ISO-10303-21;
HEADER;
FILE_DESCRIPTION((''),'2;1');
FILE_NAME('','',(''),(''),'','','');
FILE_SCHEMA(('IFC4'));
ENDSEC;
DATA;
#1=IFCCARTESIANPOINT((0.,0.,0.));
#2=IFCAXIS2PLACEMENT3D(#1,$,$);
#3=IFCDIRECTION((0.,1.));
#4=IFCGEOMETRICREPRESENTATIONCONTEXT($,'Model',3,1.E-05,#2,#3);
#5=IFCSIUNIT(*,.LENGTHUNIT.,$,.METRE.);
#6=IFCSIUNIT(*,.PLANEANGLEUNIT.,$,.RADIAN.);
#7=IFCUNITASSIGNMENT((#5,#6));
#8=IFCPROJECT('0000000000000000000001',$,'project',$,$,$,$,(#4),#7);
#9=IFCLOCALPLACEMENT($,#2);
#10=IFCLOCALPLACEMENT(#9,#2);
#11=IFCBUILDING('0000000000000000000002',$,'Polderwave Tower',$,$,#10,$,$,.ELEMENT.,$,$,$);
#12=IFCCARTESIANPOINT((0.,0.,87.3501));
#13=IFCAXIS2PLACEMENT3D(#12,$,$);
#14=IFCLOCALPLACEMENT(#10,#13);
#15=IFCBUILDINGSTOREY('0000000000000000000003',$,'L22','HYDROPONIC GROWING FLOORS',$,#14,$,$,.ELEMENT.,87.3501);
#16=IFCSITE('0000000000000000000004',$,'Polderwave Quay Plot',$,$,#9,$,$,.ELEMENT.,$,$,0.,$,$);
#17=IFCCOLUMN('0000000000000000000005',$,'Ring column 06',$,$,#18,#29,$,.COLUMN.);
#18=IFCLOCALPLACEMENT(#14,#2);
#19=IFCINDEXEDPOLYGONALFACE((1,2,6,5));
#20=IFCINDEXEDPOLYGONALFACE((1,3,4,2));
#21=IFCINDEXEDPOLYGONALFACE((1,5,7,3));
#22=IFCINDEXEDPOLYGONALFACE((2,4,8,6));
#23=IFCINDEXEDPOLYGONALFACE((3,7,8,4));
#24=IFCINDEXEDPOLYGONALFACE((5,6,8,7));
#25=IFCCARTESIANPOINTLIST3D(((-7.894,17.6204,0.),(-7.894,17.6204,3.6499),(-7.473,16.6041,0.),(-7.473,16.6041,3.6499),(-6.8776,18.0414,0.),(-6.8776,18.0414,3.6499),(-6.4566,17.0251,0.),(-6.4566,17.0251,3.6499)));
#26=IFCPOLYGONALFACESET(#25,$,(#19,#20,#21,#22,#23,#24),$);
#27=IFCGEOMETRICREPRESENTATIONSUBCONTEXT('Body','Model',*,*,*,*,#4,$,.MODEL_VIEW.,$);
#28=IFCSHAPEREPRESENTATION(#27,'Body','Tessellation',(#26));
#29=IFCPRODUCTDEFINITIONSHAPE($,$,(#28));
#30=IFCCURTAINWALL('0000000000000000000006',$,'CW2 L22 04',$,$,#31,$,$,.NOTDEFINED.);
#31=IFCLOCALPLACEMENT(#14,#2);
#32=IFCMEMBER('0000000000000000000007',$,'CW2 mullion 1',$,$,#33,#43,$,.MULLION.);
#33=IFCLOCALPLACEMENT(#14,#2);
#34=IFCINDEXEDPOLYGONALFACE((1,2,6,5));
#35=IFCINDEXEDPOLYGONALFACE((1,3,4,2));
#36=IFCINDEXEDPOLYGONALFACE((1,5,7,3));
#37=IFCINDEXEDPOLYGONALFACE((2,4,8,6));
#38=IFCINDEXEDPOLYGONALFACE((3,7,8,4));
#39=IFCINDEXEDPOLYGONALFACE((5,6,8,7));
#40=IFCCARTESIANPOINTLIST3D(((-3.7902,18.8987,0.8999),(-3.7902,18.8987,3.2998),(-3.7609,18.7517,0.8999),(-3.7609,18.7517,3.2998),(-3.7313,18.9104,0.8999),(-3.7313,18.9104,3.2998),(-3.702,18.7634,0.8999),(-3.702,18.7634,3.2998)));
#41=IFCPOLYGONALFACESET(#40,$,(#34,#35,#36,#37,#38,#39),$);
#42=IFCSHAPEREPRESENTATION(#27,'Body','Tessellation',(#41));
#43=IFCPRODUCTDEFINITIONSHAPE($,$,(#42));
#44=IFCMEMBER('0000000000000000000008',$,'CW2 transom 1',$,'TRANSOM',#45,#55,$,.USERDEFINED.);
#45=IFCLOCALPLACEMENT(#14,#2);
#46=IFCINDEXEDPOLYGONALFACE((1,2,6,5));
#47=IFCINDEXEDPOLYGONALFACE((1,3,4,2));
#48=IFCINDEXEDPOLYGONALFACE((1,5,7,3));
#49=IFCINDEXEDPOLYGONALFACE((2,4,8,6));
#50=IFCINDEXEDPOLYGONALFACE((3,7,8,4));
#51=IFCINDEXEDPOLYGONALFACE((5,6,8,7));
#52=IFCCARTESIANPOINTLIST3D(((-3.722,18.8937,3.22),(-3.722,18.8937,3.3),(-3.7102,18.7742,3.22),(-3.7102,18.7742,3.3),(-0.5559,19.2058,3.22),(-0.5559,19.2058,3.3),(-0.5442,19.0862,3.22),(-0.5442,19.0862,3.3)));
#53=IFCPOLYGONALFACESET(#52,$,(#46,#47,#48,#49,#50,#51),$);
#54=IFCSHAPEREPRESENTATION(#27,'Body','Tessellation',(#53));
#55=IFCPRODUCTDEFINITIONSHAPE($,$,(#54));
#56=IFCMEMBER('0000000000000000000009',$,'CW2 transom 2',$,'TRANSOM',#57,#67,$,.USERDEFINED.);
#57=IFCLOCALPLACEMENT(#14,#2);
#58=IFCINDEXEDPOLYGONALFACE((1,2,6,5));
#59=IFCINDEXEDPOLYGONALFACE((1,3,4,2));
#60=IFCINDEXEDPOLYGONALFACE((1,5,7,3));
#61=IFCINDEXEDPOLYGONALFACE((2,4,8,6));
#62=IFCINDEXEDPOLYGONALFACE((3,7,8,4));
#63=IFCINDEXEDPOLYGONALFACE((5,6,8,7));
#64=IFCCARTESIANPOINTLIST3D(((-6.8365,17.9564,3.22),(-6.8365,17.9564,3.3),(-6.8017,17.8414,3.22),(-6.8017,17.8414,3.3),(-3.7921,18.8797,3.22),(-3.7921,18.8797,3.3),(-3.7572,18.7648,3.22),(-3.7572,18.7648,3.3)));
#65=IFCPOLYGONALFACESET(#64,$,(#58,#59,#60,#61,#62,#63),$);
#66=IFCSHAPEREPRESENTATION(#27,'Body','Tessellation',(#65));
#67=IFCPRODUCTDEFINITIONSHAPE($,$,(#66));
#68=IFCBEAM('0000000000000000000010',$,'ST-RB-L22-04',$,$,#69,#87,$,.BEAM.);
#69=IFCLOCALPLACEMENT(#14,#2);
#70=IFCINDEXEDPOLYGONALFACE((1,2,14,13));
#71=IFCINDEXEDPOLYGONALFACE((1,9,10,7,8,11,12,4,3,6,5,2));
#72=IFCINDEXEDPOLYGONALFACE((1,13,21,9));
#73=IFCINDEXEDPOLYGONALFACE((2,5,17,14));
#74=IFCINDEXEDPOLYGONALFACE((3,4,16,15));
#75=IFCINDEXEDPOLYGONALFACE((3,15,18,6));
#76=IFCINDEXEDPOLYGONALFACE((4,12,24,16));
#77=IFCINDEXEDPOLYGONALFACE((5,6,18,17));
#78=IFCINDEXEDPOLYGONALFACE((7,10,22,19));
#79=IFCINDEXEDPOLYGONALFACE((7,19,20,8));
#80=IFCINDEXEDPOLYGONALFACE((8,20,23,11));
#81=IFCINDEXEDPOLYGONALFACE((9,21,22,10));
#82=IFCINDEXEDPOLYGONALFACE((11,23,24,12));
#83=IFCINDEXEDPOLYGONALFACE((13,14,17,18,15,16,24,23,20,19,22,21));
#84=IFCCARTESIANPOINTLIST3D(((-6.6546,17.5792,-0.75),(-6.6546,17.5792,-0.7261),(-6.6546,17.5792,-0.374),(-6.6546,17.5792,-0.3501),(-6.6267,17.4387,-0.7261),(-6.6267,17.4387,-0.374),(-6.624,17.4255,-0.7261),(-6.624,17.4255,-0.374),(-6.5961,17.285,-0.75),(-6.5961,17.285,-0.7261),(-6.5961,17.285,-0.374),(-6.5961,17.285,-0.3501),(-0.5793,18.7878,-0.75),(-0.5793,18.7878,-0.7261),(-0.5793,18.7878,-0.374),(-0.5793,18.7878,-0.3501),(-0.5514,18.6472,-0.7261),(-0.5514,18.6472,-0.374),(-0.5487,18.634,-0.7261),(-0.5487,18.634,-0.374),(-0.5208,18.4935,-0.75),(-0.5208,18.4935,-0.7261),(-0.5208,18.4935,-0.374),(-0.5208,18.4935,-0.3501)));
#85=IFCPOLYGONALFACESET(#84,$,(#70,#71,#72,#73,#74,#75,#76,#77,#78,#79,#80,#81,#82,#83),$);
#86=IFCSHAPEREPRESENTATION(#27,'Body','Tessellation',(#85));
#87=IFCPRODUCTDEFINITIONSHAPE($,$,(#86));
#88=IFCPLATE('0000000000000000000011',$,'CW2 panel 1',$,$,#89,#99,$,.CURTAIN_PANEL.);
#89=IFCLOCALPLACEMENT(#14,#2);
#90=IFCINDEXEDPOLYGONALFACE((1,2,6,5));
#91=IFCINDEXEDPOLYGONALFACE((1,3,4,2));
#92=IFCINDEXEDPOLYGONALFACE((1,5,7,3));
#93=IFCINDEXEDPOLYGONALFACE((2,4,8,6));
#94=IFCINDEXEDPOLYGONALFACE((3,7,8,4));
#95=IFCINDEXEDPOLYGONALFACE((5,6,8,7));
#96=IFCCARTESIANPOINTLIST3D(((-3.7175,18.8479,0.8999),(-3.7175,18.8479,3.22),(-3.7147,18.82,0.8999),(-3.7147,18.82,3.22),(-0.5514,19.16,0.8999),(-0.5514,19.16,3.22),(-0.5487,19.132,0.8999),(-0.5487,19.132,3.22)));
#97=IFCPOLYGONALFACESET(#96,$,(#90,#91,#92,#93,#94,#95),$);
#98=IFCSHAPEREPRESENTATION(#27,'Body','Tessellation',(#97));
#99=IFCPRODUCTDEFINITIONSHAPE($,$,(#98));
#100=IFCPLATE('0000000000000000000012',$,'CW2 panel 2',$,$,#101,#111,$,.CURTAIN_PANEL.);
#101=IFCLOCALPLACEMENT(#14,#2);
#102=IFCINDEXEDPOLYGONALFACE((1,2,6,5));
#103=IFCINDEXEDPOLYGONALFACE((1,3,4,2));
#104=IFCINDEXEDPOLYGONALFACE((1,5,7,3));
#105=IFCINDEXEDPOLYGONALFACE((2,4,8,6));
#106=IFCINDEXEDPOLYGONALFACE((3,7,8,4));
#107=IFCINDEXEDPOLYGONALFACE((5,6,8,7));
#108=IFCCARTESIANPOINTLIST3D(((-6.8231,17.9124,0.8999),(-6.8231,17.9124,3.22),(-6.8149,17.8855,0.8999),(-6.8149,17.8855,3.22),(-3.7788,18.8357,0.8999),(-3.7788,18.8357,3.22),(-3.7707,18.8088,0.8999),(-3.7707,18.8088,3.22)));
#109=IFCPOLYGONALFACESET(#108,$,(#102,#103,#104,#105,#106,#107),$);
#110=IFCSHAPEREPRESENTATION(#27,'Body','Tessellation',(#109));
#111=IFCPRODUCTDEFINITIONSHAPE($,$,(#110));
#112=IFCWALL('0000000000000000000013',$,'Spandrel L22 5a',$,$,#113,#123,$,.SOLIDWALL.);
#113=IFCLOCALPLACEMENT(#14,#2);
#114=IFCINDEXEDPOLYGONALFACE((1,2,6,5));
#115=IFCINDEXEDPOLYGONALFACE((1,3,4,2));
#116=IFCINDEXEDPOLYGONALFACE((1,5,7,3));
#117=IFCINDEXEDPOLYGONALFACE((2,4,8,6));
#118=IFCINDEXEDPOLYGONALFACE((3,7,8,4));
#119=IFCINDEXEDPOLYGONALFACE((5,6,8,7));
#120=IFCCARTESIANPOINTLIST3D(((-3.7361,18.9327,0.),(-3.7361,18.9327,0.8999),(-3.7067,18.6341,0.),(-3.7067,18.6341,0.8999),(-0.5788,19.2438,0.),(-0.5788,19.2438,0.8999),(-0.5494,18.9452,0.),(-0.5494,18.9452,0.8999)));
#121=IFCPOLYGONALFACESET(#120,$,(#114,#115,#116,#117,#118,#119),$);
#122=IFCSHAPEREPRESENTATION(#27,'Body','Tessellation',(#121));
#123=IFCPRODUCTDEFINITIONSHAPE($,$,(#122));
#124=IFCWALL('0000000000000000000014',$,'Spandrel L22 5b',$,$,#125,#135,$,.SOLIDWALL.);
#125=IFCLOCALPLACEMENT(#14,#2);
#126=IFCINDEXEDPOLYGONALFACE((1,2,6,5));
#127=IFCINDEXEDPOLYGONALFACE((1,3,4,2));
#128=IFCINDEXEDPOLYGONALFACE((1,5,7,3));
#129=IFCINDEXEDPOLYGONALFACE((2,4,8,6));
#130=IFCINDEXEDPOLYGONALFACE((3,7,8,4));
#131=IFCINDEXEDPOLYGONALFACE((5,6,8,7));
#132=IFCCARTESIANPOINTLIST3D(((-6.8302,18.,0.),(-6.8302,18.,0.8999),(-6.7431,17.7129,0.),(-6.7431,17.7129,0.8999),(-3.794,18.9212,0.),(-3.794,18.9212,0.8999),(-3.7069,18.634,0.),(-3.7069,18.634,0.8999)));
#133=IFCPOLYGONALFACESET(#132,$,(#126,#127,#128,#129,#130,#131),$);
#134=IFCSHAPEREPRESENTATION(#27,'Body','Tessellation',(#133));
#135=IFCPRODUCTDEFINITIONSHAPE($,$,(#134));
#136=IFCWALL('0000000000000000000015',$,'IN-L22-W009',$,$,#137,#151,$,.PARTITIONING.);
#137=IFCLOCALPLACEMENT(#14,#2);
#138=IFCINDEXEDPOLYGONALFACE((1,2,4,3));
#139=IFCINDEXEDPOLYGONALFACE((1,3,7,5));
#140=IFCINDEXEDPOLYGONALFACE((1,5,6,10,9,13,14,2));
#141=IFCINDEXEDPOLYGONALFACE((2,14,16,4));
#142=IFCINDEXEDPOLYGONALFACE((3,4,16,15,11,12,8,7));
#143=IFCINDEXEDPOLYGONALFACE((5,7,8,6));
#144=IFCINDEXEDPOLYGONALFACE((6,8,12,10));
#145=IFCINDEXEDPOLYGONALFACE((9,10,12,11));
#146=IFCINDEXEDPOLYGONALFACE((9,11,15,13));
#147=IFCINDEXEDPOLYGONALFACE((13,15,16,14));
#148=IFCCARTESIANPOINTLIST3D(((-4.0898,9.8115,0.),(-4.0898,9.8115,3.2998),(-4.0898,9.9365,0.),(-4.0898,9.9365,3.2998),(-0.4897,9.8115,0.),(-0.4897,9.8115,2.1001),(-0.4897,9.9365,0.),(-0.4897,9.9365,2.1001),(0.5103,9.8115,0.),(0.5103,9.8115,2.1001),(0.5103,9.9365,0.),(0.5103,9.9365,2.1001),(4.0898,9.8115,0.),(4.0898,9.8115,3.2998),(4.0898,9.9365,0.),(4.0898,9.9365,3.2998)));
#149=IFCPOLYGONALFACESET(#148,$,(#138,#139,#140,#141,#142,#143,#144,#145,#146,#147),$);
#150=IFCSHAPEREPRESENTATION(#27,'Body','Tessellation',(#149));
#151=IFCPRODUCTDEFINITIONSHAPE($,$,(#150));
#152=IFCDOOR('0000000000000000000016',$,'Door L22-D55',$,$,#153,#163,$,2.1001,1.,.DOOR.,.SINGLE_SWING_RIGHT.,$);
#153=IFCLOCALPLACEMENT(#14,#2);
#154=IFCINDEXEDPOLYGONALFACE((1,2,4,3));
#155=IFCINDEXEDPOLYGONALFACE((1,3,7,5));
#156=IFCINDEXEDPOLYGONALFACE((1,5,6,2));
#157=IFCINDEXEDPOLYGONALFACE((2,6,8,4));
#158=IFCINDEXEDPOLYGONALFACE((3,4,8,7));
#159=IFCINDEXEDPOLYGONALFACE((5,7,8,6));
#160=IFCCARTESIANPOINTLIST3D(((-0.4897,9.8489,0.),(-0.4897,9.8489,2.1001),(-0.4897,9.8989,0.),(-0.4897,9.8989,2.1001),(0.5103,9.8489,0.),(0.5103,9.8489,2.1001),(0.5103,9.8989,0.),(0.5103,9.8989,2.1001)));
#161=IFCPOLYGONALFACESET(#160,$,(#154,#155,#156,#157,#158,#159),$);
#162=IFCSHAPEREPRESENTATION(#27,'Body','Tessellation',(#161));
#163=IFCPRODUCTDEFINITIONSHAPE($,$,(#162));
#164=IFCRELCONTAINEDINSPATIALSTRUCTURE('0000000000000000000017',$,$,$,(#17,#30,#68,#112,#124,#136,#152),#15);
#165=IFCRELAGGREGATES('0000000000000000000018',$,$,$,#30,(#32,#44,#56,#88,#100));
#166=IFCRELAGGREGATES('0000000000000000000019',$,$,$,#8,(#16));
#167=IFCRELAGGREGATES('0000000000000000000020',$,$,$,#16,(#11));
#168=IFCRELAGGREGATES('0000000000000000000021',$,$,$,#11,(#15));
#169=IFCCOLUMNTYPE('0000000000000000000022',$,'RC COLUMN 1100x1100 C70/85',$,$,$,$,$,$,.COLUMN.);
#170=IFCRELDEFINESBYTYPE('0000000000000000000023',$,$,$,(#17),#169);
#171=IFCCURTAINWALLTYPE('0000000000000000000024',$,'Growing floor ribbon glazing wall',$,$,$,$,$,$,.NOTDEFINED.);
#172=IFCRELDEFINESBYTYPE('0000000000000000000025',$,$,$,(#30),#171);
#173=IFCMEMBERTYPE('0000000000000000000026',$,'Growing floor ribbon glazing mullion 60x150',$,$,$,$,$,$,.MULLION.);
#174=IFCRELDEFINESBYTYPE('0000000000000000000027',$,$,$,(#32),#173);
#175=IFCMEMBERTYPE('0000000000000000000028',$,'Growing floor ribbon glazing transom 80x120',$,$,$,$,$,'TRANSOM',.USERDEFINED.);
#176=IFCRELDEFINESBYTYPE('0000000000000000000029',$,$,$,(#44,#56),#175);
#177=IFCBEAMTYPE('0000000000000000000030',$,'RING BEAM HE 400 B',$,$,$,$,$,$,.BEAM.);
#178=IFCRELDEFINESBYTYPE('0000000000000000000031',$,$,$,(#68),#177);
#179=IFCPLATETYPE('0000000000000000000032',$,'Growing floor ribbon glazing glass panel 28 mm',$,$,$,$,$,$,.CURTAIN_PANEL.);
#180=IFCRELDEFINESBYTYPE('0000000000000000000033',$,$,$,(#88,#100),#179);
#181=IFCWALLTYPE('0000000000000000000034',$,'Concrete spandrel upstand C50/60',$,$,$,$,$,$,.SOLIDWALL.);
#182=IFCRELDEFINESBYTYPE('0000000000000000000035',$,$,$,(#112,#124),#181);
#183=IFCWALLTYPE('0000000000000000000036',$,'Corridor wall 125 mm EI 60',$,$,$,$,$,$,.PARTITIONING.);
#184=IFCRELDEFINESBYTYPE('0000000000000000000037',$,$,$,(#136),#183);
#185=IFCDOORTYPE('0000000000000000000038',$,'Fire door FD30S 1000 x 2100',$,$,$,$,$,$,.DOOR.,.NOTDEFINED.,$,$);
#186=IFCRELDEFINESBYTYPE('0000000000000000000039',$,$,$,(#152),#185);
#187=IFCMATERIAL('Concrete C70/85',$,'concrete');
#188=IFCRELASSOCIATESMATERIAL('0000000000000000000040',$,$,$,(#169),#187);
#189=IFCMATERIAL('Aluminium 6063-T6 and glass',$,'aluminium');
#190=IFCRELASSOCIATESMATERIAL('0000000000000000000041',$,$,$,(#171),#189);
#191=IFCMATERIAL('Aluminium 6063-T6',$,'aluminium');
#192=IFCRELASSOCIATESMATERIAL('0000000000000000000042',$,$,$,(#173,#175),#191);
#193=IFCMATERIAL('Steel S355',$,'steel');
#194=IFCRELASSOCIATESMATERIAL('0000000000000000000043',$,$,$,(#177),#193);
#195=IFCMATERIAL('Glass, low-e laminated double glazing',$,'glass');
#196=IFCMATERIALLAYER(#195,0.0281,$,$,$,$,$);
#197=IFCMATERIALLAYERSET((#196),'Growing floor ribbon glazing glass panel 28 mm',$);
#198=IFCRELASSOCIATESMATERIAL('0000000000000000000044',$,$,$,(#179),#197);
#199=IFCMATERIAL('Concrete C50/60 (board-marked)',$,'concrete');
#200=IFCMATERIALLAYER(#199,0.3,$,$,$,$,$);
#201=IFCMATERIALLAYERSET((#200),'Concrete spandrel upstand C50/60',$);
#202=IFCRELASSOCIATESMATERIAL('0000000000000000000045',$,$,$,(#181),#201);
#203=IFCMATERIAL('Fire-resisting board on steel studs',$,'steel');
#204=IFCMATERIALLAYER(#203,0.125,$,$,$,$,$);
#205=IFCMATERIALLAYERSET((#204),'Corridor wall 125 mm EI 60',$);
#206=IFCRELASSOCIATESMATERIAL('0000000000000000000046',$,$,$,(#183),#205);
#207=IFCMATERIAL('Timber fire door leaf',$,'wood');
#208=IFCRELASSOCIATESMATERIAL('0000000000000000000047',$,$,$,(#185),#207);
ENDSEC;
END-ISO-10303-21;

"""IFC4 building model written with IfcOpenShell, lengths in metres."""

from ifc_helpers import new_model, si_unit, direction, frame, frame_2d, origin, origin_2d, place, context, subcontext, project, spatial, rectangle, i_section, extrude, material, layer, layer_set, material_profile, profile_set, type_object, element, fill, aggregate, save


model = new_model("IFC4")

# Units and contexts
model_context = context("Model", 3, precision=1e-05, world=origin(), true_north=direction((0.0, 1.0)))
body_context = subcontext(model_context, "Body", "Model", "MODEL_VIEW")
ifc_project = project(units=[si_unit("LENGTHUNIT", "METRE"), si_unit("PLANEANGLEUNIT", "RADIAN")], contexts=[model_context])

# Site, building, storey
site_placement = place(None, origin())
site = spatial("IfcSite", under=ifc_project, at=site_placement, Name="Polderwave Quay Plot", CompositionType="ELEMENT", RefElevation=0.0)
building_placement = place(site_placement, origin())
building = spatial("IfcBuilding", under=site, at=building_placement, Name="Polderwave Tower", CompositionType="ELEMENT")
storey_placement = place(building_placement, frame((0.0, 0.0, 87.3501)))
storey = spatial("IfcBuildingStorey", under=building, at=storey_placement, Name="L22", Description="HYDROPONIC GROWING FLOORS", CompositionType="ELEMENT", Elevation=87.3501)

# Column
ifc_material_1 = material(Name="Concrete C70/85", Category="concrete")
ifc_material_profile_1 = material_profile(ifc_material_1, rectangle(XDim=1.1001, YDim=1.1001, at=origin_2d()), Name="RC 1100x1100")
ifc_profile_set_1 = profile_set([ifc_material_profile_1], Name="Concrete C70/85")
column_type = type_object("IfcColumnType", Name="RC COLUMN 1100x1100 C70/85", PredefinedType="COLUMN", material=ifc_profile_set_1)
column_placement = place(storey_placement, frame((-7.1753, 17.3228, 0.0), z_axis=(0.0, 0.0, 1.0), x_axis=(-0.382683, 0.92388, 0.0)))
element("IfcColumn", 1, at=column_placement, inside=storey, type_object=column_type, Name="Ring column 06", PredefinedType="COLUMN", context=body_context, shape_type="SweptSolid", body=[
    extrude(rectangle(XDim=1.1001, YDim=1.1001, at=origin_2d()), origin(), (0.0, 0.0, 1.0), 3.6499),
])

# Curtain wall, members
ifc_material_2 = material(Name="Aluminium 6063-T6 and glass", Category="aluminium")
curtain_wall_type = type_object("IfcCurtainWallType", Name="Growing floor ribbon glazing wall", PredefinedType="NOTDEFINED", material=ifc_material_2)
curtain_wall_placement = place(storey_placement, origin())
curtain_wall = element("IfcCurtainWall", 2, at=curtain_wall_placement, inside=storey, type_object=curtain_wall_type, Name="CW2 L22 04", PredefinedType="NOTDEFINED")
ifc_material_3 = material(Name="Aluminium 6063-T6", Category="aluminium")
ifc_material_profile_2 = material_profile(ifc_material_3, rectangle(XDim=0.1499, YDim=0.0601, at=origin_2d()), Name="AL 60x150")
ifc_profile_set_2 = profile_set([ifc_material_profile_2], Name="Aluminium 6063-T6")
member_type_1 = type_object("IfcMemberType", Name="Growing floor ribbon glazing mullion 60x150", PredefinedType="MULLION", material=ifc_profile_set_2)
member_1_placement = place(storey_placement, frame((-3.7461, 18.8311, 0.8999), z_axis=(0.0, 0.0, 1.0), x_axis=(0.195097, -0.980784, 0.0)))
member_1 = element("IfcMember", 3, at=member_1_placement, type_object=member_type_1, Name="CW2 mullion 1", PredefinedType="MULLION", context=body_context, shape_type="SweptSolid", body=[
    extrude(rectangle(XDim=0.1499, YDim=0.0601, at=origin_2d()), origin(), (0.0, 0.0, 1.0), 2.3999),
])
ifc_material_profile_3 = material_profile(ifc_material_3, rectangle(XDim=0.1201, YDim=0.0801, at=origin_2d()), Name="AL 80x120")
ifc_profile_set_3 = profile_set([ifc_material_profile_3], Name="Aluminium 6063-T6")
member_type_2 = type_object("IfcMemberType", Name="Growing floor ribbon glazing transom 80x120", ElementType="TRANSOM", PredefinedType="USERDEFINED", material=ifc_profile_set_3)
member_2_placement = place(storey_placement, frame((-0.55, 19.146, 3.26), z_axis=(-0.995179, -0.098075, 0.0), x_axis=(0.098075, -0.995179, 0.0)))
member_2 = element("IfcMember", 4, at=member_2_placement, type_object=member_type_2, Name="CW2 transom 1", ObjectType="TRANSOM", PredefinedType="USERDEFINED", context=body_context, shape_type="SweptSolid", body=[
    extrude(rectangle(XDim=0.1201, YDim=0.0801, at=origin_2d()), origin(), (0.0, 0.0, 1.0), 3.1814),
])
member_3_placement = place(storey_placement, frame((-3.7747, 18.8223, 3.26), z_axis=(-0.956956, -0.290233, 0.0), x_axis=(0.290233, -0.956956, 0.0)))
member_3 = element("IfcMember", 5, at=member_3_placement, type_object=member_type_2, Name="CW2 transom 2", ObjectType="TRANSOM", PredefinedType="USERDEFINED", context=body_context, shape_type="SweptSolid", body=[
    extrude(rectangle(XDim=0.1201, YDim=0.0801, at=origin_2d()), origin(), (0.0, 0.0, 1.0), 3.1814),
])

# Beam
ifc_material_4 = material(Name="Steel S355", Category="steel")
ifc_material_profile_4 = material_profile(ifc_material_4, i_section(OverallWidth=0.3, OverallDepth=0.3999, WebThickness=0.0134, FlangeThickness=0.0239, at=origin_2d()), Name="HE 400 B")
ifc_profile_set_4 = profile_set([ifc_material_profile_4], Name="Steel S355")
beam_type = type_object("IfcBeamType", Name="RING BEAM HE 400 B", PredefinedType="BEAM", material=ifc_profile_set_4)
beam_placement = place(storey_placement, frame((-0.55, 18.6406, -0.55), z_axis=(-0.980783, -0.1951, 0.0), x_axis=(0.1951, -0.980783, 0.0)))
element("IfcBeam", 6, at=beam_placement, inside=storey, type_object=beam_type, Name="ST-RB-L22-04", PredefinedType="BEAM", context=body_context, shape_type="SweptSolid", body=[
    extrude(i_section(OverallWidth=0.3, OverallDepth=0.3999, WebThickness=0.0134, FlangeThickness=0.0239, at=origin_2d()), origin(), (0.0, 0.0, 1.0), 6.1943),
])

# Plates
ifc_material_5 = material(Name="Glass, low-e laminated double glazing", Category="glass")
ifc_layer_1 = layer(ifc_material_5, 0.0281)
ifc_layer_set_1 = layer_set([ifc_layer_1], Name="Growing floor ribbon glazing glass panel 28 mm")
plate_type = type_object("IfcPlateType", Name="Growing floor ribbon glazing glass panel 28 mm", PredefinedType="CURTAIN_PANEL", material=ifc_layer_set_1)
plate_1_placement = place(storey_placement, frame((-2.1331, 18.99, 0.8999), z_axis=(0.0, 0.0, 1.0), x_axis=(-0.995178, -0.098085, 0.0)))
plate_1 = element("IfcPlate", 7, at=plate_1_placement, type_object=plate_type, Name="CW2 panel 1", PredefinedType="CURTAIN_PANEL", context=body_context, shape_type="SweptSolid", body=[
    extrude(rectangle(XDim=3.1814, YDim=0.0281, at=origin_2d()), origin(), (0.0, 0.0, 1.0), 2.3201),
])
plate_2_placement = place(storey_placement, frame((-5.2969, 18.3606, 0.8999), z_axis=(0.0, 0.0, 1.0), x_axis=(-0.956956, -0.290233, 0.0)))
plate_2 = element("IfcPlate", 8, at=plate_2_placement, type_object=plate_type, Name="CW2 panel 2", PredefinedType="CURTAIN_PANEL", context=body_context, shape_type="SweptSolid", body=[
    extrude(rectangle(XDim=3.1812, YDim=0.0281, at=origin_2d()), origin(), (0.0, 0.0, 1.0), 2.3201),
])
aggregate(curtain_wall, [member_1, member_2, member_3, plate_1, plate_2])

# Walls
ifc_material_6 = material(Name="Concrete C50/60 (board-marked)", Category="concrete")
ifc_layer_2 = layer(ifc_material_6, 0.3)
ifc_layer_set_2 = layer_set([ifc_layer_2], Name="Concrete spandrel upstand C50/60")
wall_type_1 = type_object("IfcWallType", Name="Concrete spandrel upstand C50/60", PredefinedType="SOLIDWALL", material=ifc_layer_set_2)
wall_1_placement = place(storey_placement, frame((-0.564, 19.0945, 0.0), z_axis=(0.0, 0.0, 1.0), x_axis=(-0.995182, -0.098041, 0.0)))
element("IfcWall", 9, at=wall_1_placement, inside=storey, type_object=wall_type_1, Name="Spandrel L22 5a", PredefinedType="SOLIDWALL", context=body_context, shape_type="SweptSolid", body=[
    extrude(rectangle(XDim=3.1726, YDim=0.3, at=frame_2d((1.5864, 0.0))), origin(), (0.0, 0.0, 1.0), 0.8999),
])
wall_2_placement = place(storey_placement, frame((-3.7505, 18.7776, 0.0), z_axis=(0.0, 0.0, 1.0), x_axis=(-0.956928, -0.290326, 0.0)))
element("IfcWall", 10, at=wall_2_placement, inside=storey, type_object=wall_type_1, Name="Spandrel L22 5b", PredefinedType="SOLIDWALL", context=body_context, shape_type="SweptSolid", body=[
    extrude(rectangle(XDim=3.1729, YDim=0.3, at=frame_2d((1.5864, 0.0))), origin(), (0.0, 0.0, 1.0), 0.8999),
])

# Wall, opening, door
ifc_material_7 = material(Name="Fire-resisting board on steel studs", Category="steel")
ifc_layer_3 = layer(ifc_material_7, 0.125)
ifc_layer_set_3 = layer_set([ifc_layer_3], Name="Corridor wall 125 mm EI 60")
wall_type_2 = type_object("IfcWallType", Name="Corridor wall 125 mm EI 60", PredefinedType="PARTITIONING", material=ifc_layer_set_3)
wall_3_placement = place(storey_placement, frame((-4.0898, 9.874, 0.0), z_axis=(0.0, 0.0, 1.0), x_axis=(1.0, 0.0, 0.0)))
wall_3 = element("IfcWall", 11, at=wall_3_placement, inside=storey, type_object=wall_type_2, Name="IN-L22-W009", PredefinedType="PARTITIONING", context=body_context, shape_type="SweptSolid", body=[
    extrude(rectangle(XDim=8.1797, YDim=0.125, at=frame_2d((4.0898, 0.0))), origin(), (0.0, 0.0, 1.0), 3.2998),
])
opening_1_placement = place(wall_3_placement, frame((3.6001, 0.0, 0.0)))
opening_1 = element("IfcOpeningElement", 12, at=opening_1_placement, cuts=wall_3, PredefinedType="OPENING", context=body_context, shape_type="SweptSolid", body=[
    extrude(rectangle(XDim=1.0, YDim=2.1001, at=frame_2d((0.5, 1.05))), frame((0.0, 0.0725, 0.0), z_axis=(0.0, -1.0, 0.0), x_axis=(1.0, 0.0, 0.0)), (0.0, 0.0, 1.0), 0.145),
])
ifc_material_8 = material(Name="Timber fire door leaf", Category="wood")
door_type_1 = type_object("IfcDoorType", Name="Fire door FD30S 1000 x 2100", OperationType="NOTDEFINED", PredefinedType="DOOR", material=ifc_material_8)
door_1_placement = place(opening_1_placement, origin())
door_1 = element("IfcDoor", 13, at=door_1_placement, inside=storey, type_object=door_type_1, Name="Door L22-D55", OperationType="SINGLE_SWING_RIGHT", OverallHeight=2.1001, OverallWidth=1.0, PredefinedType="DOOR", context=body_context, shape_type="SweptSolid", body=[
    extrude(rectangle(XDim=1.0, YDim=2.1001, at=frame_2d((0.5, 1.05))), frame((0.0, 0.0249, 0.0), z_axis=(0.0, -1.0, 0.0), x_axis=(1.0, 0.0, 0.0)), (0.0, 0.0, 1.0), 0.05),
])
fill(opening_1, door_1)

save(model, "model.ifc")
